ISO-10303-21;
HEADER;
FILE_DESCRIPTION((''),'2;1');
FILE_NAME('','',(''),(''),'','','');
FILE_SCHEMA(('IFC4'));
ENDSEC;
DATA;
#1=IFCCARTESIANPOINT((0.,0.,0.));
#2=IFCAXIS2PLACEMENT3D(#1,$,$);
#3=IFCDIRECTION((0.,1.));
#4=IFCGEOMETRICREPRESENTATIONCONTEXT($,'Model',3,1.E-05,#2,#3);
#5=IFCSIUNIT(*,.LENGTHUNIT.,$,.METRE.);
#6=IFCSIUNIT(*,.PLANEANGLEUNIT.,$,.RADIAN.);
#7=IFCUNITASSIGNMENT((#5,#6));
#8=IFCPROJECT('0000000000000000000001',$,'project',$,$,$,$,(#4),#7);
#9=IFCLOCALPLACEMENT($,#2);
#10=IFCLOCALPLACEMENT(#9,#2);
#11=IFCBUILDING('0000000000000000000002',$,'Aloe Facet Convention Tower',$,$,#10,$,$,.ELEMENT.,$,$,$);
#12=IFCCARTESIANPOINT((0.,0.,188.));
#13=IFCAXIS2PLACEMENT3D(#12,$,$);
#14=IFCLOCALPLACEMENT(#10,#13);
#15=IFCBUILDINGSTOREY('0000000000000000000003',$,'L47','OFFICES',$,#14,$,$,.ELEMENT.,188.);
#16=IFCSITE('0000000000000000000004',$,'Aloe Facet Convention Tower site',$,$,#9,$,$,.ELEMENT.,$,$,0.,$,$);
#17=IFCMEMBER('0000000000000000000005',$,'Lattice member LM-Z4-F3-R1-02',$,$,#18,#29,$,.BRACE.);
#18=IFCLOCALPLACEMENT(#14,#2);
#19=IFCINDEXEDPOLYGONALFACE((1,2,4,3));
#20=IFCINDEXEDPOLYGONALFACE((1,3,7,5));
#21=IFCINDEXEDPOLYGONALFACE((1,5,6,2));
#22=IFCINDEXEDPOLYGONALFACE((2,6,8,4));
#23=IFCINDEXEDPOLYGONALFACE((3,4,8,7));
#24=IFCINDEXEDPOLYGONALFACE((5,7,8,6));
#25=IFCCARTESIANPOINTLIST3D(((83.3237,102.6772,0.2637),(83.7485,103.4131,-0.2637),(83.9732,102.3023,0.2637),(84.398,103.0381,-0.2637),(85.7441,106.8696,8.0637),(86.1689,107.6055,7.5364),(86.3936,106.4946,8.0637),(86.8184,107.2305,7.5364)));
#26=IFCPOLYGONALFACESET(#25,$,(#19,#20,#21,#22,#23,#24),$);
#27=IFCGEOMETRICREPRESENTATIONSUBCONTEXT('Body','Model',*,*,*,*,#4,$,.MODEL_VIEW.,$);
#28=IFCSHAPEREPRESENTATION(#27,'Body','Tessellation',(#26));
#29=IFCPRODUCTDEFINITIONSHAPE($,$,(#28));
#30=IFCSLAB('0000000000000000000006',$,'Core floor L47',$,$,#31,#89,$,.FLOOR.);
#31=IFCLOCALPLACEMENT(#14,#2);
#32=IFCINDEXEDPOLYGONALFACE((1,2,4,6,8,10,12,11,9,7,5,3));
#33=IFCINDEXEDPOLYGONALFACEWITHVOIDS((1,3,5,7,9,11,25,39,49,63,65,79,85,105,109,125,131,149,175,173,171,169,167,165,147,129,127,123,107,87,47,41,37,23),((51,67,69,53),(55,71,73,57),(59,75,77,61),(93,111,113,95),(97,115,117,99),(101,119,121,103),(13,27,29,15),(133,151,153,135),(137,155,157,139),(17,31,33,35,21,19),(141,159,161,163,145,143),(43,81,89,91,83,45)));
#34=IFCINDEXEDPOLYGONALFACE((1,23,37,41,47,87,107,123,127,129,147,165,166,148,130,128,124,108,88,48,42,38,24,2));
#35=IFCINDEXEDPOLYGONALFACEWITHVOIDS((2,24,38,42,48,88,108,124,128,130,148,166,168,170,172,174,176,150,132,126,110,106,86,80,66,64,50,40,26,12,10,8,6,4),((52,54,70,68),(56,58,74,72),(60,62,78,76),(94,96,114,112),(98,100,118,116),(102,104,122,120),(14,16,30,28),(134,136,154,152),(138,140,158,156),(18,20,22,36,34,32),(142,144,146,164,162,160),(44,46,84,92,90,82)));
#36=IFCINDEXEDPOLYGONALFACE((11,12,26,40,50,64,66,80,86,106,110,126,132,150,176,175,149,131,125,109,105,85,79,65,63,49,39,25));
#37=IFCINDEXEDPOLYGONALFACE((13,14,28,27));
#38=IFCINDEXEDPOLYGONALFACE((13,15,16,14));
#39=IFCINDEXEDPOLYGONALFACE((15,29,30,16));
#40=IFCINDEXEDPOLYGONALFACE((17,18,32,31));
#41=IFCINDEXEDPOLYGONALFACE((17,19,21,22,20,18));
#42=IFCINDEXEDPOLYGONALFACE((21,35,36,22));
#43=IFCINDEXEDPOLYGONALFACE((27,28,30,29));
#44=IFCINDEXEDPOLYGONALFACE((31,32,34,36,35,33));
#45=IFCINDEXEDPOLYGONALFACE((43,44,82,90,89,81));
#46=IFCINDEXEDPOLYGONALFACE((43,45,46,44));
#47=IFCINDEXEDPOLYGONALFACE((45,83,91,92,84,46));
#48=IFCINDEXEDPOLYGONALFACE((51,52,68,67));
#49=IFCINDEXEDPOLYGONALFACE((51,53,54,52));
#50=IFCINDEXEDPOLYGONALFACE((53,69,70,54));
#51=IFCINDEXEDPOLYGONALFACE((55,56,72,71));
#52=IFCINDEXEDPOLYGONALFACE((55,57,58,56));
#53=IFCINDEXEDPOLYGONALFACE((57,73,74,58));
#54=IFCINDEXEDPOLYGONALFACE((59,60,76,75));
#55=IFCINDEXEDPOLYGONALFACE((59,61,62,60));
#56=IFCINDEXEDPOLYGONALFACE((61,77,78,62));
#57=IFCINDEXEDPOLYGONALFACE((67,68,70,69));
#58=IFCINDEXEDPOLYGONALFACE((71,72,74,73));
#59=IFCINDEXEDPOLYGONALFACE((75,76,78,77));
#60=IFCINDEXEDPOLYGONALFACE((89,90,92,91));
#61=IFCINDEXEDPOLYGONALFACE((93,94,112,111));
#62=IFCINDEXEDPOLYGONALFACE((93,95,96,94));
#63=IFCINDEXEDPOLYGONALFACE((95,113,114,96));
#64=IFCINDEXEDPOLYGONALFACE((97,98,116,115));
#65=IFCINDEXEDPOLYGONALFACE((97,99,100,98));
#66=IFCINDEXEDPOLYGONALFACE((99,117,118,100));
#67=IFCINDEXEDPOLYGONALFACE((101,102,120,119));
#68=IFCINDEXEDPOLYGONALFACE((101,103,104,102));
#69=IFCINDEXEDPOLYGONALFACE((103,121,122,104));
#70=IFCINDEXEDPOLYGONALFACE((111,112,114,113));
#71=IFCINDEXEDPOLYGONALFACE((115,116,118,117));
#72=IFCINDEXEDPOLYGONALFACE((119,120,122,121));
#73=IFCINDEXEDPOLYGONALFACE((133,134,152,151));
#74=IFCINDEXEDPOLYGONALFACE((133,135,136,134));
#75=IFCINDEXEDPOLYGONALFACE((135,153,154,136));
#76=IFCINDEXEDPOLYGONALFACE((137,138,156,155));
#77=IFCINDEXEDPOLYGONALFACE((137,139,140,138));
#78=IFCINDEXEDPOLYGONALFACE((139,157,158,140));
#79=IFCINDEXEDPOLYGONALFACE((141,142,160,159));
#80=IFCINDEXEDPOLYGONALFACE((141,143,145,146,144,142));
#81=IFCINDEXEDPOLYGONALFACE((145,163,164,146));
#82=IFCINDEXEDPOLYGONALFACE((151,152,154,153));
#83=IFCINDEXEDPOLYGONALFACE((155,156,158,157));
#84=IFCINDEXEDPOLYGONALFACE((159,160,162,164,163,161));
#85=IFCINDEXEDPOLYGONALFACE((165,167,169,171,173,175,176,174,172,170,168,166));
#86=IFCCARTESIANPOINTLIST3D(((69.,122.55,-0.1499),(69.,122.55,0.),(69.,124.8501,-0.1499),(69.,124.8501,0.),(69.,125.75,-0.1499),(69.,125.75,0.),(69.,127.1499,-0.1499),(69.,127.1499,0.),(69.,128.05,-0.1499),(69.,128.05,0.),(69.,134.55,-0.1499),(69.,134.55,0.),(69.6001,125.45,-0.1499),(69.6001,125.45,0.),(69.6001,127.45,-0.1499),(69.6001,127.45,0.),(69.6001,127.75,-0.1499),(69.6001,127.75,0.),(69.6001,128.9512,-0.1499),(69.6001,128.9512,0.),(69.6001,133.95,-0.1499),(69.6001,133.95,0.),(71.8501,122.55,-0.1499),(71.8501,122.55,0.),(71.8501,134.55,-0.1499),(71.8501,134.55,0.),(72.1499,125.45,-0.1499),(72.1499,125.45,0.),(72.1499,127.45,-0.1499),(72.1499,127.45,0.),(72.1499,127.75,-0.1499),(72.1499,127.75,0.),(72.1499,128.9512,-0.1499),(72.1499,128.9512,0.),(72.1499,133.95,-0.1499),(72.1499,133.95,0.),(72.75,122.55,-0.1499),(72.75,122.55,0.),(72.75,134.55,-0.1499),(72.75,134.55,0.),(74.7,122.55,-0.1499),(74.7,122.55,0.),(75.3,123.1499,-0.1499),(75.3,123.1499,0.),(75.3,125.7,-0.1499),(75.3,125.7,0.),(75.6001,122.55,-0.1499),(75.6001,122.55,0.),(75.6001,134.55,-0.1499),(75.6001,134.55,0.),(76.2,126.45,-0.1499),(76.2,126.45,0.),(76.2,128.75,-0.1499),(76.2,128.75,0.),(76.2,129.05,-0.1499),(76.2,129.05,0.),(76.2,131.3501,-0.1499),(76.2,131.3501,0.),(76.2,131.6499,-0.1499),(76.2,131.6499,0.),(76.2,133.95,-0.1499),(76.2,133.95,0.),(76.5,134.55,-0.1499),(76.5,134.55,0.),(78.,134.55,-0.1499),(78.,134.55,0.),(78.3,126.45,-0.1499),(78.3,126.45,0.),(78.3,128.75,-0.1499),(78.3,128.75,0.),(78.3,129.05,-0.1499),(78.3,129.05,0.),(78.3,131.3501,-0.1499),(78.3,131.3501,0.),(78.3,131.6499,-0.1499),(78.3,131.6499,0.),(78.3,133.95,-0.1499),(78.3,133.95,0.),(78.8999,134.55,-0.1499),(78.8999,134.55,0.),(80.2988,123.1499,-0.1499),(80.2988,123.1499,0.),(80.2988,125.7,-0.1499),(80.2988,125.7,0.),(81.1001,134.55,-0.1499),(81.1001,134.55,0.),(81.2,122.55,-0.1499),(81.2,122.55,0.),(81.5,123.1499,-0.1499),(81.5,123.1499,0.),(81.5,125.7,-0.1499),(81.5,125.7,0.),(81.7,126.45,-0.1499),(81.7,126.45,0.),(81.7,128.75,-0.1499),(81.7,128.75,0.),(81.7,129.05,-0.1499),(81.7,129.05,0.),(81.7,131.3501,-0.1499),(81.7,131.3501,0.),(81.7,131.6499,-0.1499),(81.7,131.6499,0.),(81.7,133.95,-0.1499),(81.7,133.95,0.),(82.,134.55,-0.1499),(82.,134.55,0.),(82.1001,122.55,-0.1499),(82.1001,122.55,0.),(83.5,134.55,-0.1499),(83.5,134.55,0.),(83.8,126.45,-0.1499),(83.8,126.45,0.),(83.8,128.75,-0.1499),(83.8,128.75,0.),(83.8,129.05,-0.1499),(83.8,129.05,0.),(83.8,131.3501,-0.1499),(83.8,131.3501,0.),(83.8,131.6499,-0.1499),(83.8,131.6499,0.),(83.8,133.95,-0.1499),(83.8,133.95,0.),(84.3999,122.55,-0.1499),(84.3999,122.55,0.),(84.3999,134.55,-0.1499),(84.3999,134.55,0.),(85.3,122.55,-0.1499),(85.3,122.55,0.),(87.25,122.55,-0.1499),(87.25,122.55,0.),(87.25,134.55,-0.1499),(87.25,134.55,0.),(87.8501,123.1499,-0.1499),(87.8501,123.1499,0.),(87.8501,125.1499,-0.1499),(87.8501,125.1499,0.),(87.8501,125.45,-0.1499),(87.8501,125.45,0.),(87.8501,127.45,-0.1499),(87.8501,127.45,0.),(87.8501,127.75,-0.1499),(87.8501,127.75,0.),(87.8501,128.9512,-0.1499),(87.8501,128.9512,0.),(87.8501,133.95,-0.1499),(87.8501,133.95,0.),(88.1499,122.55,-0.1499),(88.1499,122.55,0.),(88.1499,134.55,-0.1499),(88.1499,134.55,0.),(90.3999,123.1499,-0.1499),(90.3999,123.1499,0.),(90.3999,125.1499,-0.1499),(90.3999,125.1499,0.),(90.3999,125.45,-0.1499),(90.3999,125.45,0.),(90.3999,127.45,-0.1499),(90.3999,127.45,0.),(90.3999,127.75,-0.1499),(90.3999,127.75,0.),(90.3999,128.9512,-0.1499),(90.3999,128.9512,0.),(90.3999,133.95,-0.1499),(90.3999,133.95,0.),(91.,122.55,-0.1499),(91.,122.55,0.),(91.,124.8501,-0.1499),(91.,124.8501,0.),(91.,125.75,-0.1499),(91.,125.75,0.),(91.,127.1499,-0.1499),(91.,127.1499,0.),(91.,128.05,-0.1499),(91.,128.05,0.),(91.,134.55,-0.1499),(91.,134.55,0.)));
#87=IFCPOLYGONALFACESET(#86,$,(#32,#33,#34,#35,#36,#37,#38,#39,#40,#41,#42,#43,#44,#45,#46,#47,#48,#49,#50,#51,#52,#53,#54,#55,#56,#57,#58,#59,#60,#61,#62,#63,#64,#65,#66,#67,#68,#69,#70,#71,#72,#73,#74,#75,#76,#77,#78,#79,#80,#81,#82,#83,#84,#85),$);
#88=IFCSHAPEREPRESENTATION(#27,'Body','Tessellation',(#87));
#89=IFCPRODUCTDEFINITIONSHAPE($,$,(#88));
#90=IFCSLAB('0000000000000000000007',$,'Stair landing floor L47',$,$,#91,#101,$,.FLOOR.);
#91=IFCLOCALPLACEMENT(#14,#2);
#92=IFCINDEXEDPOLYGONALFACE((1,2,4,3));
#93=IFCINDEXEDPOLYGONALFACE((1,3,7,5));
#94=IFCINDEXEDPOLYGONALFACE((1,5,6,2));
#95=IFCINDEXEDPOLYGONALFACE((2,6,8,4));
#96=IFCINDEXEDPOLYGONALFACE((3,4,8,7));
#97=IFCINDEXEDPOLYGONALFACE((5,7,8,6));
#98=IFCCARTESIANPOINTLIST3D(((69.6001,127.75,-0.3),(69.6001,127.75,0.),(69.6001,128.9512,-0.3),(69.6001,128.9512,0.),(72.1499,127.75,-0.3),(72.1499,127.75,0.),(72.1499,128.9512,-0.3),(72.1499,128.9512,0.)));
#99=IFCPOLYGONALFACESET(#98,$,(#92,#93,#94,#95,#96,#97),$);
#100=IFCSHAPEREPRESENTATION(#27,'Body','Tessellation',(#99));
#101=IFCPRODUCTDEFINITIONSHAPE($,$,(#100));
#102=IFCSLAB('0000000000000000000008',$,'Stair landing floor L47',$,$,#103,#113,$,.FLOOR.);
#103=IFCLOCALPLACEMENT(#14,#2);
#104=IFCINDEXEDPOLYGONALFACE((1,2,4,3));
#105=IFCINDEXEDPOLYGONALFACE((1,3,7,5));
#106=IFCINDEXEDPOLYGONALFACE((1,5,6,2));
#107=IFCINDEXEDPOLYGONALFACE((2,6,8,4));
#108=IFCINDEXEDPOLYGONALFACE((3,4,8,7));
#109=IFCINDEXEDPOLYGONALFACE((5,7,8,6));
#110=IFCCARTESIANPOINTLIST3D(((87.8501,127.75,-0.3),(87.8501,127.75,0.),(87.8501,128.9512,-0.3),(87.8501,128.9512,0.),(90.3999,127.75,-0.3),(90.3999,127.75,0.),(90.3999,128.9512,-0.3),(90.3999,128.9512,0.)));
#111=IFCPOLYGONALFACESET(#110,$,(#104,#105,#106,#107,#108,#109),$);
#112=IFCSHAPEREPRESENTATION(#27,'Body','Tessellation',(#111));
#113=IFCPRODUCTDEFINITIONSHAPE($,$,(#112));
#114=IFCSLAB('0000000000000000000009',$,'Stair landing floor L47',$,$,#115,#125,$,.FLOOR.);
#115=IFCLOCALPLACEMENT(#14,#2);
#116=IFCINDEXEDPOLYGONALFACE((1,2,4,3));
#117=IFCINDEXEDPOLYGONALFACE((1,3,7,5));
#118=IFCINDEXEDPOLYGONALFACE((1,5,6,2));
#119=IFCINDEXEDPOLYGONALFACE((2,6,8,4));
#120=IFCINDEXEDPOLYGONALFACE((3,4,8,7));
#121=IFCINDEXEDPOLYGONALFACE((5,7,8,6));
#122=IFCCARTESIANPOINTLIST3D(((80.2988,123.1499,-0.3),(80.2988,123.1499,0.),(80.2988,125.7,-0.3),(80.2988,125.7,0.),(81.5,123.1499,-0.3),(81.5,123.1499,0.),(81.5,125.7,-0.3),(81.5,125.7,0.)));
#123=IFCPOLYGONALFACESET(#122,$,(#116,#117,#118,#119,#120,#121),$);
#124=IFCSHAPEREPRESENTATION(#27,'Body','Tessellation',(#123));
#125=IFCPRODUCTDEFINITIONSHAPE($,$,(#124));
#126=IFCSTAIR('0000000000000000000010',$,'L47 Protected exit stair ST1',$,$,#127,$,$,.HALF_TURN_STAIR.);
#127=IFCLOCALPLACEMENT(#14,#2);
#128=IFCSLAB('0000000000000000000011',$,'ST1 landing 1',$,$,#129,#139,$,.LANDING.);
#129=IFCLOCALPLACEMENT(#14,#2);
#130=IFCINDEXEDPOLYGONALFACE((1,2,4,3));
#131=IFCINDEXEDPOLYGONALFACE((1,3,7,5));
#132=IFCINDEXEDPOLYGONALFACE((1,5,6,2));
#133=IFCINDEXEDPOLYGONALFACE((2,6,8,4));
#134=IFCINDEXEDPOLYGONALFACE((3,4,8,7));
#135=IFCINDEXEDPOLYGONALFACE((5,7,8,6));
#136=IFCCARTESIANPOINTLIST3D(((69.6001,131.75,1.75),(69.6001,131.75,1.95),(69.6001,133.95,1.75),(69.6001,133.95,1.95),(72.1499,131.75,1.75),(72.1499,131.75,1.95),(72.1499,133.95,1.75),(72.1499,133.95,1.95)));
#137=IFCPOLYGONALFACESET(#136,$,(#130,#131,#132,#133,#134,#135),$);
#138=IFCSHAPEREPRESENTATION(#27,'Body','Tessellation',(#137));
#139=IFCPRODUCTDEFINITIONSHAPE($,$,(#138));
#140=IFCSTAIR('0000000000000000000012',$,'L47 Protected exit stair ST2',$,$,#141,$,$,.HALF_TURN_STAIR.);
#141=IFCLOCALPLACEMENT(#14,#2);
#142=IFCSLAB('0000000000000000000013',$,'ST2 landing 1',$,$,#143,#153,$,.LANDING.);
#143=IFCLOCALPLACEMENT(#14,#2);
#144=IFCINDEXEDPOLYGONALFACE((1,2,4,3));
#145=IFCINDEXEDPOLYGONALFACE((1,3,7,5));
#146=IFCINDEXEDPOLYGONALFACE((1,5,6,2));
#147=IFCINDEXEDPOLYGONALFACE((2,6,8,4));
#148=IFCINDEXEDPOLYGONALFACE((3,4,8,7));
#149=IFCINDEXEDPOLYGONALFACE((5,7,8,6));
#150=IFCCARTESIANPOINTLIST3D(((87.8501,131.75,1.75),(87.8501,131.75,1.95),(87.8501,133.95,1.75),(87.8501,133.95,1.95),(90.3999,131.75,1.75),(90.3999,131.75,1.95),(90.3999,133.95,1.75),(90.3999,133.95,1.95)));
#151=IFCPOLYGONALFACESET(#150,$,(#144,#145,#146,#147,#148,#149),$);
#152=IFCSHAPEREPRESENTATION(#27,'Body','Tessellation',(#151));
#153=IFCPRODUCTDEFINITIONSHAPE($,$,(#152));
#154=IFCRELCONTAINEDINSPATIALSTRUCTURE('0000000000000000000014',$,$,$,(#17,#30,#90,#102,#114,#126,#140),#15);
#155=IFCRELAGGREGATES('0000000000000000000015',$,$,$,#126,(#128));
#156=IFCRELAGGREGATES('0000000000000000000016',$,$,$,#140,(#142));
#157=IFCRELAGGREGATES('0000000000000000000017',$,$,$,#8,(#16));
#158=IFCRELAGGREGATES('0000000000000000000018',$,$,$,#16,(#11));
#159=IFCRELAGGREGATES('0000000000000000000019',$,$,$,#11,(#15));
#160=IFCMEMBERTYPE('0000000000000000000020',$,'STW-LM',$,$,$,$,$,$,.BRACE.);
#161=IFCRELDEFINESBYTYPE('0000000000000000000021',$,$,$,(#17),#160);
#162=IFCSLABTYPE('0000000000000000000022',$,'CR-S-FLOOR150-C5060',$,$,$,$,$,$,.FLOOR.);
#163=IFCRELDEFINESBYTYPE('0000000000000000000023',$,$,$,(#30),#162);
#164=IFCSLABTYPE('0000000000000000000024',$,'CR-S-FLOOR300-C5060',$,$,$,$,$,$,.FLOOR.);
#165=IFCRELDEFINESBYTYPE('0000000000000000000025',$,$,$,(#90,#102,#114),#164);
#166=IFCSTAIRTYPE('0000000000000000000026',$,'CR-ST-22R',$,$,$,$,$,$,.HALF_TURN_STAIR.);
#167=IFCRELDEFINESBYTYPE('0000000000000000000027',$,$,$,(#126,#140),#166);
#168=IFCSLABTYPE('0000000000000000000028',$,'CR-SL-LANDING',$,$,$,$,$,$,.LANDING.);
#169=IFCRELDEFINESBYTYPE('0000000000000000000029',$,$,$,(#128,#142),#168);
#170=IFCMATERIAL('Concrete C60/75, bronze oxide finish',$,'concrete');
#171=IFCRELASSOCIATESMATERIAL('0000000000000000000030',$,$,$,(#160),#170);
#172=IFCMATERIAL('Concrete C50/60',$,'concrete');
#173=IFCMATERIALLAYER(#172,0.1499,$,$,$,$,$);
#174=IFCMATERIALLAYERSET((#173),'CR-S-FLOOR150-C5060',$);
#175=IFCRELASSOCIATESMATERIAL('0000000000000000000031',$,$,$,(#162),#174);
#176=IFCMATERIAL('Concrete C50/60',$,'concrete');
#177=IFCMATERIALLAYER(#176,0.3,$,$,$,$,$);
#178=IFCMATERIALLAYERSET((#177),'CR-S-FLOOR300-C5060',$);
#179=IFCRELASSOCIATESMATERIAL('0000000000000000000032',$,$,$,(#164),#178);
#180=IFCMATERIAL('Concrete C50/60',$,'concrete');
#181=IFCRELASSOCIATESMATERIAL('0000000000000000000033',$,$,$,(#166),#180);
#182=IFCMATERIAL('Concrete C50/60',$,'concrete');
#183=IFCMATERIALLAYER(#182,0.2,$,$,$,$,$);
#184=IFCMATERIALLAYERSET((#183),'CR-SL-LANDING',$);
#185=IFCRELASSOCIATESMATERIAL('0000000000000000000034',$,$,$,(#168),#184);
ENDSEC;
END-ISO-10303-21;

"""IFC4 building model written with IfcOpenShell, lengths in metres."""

from ifc_helpers import new_model, si_unit, direction, frame, origin, origin_2d, place, context, subcontext, project, spatial, polyline, rectangle, outline, extrude, material, layer, layer_set, material_profile, profile_set, type_object, element, aggregate, save


model = new_model("IFC4")

# Units and contexts
model_context = context("Model", 3, precision=1e-05, world=origin(), true_north=direction((0.0, 1.0)))
body_context = subcontext(model_context, "Body", "Model", "MODEL_VIEW")
ifc_project = project(units=[si_unit("LENGTHUNIT", "METRE"), si_unit("PLANEANGLEUNIT", "RADIAN")], contexts=[model_context])

# Site, building, storey
site_placement = place(None, origin())
site = spatial("IfcSite", under=ifc_project, at=site_placement, Name="Aloe Facet Convention Tower site", CompositionType="ELEMENT", RefElevation=0.0)
building_placement = place(site_placement, origin())
building = spatial("IfcBuilding", under=site, at=building_placement, Name="Aloe Facet Convention Tower", CompositionType="ELEMENT")
storey_placement = place(building_placement, frame((0.0, 0.0, 188.0)))
storey = spatial("IfcBuildingStorey", under=building, at=storey_placement, Name="L47", Description="OFFICES", CompositionType="ELEMENT", Elevation=188.0)

# Member
ifc_material_1 = material(Name="Concrete C60/75, bronze oxide finish", Category="concrete")
ifc_material_profile_1 = material_profile(ifc_material_1, rectangle(XDim=0.75, YDim=1.0, at=origin_2d()), Name="STW-LM")
ifc_profile_set_1 = profile_set([ifc_material_profile_1], Name="Concrete C60/75, bronze oxide finish")
member_type = type_object("IfcMemberType", Name="STW-LM", PredefinedType="BRACE", material=ifc_profile_set_1)
member_1_placement = place(storey_placement, frame((83.8608, 102.8577, 0.0), z_axis=(0.263657, 0.456679, 0.849664), x_axis=(-0.866031, 0.49999, 0.0)))
element("IfcMember", 1, at=member_1_placement, inside=storey, type_object=member_type, Name="Lattice member LM-Z4-F3-R1-02", PredefinedType="BRACE", context=body_context, shape_type="SweptSolid", body=[
    extrude(rectangle(XDim=0.75, YDim=1.0, at=origin_2d()), origin(), (0.0, 0.0, 1.0), 9.1802),
])

# Slabs
ifc_material_2 = material(Name="Concrete C50/60", Category="concrete")
ifc_layer_1 = layer(ifc_material_2, 0.1499)
ifc_layer_set_1 = layer_set([ifc_layer_1], Name="CR-S-FLOOR150-C5060")
slab_type_1 = type_object("IfcSlabType", Name="CR-S-FLOOR150-C5060", PredefinedType="FLOOR", material=ifc_layer_set_1)
slab_1_placement = place(storey_placement, frame((0.0, 0.0, -0.1499)))
element("IfcSlab", 2, at=slab_1_placement, inside=storey, type_object=slab_type_1, Name="Core floor L47", PredefinedType="FLOOR", context=body_context, shape_type="SweptSolid", body=[
    extrude(outline(polyline([(71.8501, 134.55), (72.75, 134.55), (75.6001, 134.55), (76.5, 134.55), (78.0, 134.55), (78.8999, 134.55), (81.1001, 134.55), (82.0, 134.55), (83.5, 134.55), (84.3999, 134.55), (87.25, 134.55), (88.1499, 134.55), (91.0, 134.55), (91.0, 128.05), (91.0, 127.1499), (91.0, 125.75), (91.0, 124.8501), (91.0, 122.55), (88.1499, 122.55), (87.25, 122.55), (85.3, 122.55), (84.3999, 122.55), (82.1001, 122.55), (81.2, 122.55), (75.6001, 122.55), (74.7, 122.55), (72.75, 122.55), (71.8501, 122.55), (69.0, 122.55), (69.0, 124.8501), (69.0, 125.75), (69.0, 127.1499), (69.0, 128.05), (69.0, 134.55), (71.8501, 134.55)]), holes=[polyline([(80.2988, 123.1499), (81.5, 123.1499), (81.5, 125.7), (80.2988, 125.7), (75.3, 125.7), (75.3, 123.1499), (80.2988, 123.1499)]), polyline([(69.6001, 125.45), (72.1499, 125.45), (72.1499, 127.45), (69.6001, 127.45), (69.6001, 125.45)]), polyline([(76.2, 126.45), (78.3, 126.45), (78.3, 128.75), (76.2, 128.75), (76.2, 126.45)]), polyline([(78.3, 129.05), (78.3, 131.3501), (76.2, 131.3501), (76.2, 129.05), (78.3, 129.05)]), polyline([(69.6001, 133.95), (69.6001, 128.9512), (69.6001, 127.75), (72.1499, 127.75), (72.1499, 128.9512), (72.1499, 133.95), (69.6001, 133.95)]), polyline([(76.2, 131.6499), (78.3, 131.6499), (78.3, 133.95), (76.2, 133.95), (76.2, 131.6499)]), polyline([(90.3999, 123.1499), (90.3999, 125.1499), (87.8501, 125.1499), (87.8501, 123.1499), (90.3999, 123.1499)]), polyline([(87.8501, 125.45), (90.3999, 125.45), (90.3999, 127.45), (87.8501, 127.45), (87.8501, 125.45)]), polyline([(81.7, 126.45), (83.8, 126.45), (83.8, 128.75), (81.7, 128.75), (81.7, 126.45)]), polyline([(83.8, 129.05), (83.8, 131.3501), (81.7, 131.3501), (81.7, 129.05), (83.8, 129.05)]), polyline([(87.8501, 133.95), (87.8501, 128.9512), (87.8501, 127.75), (90.3999, 127.75), (90.3999, 128.9512), (90.3999, 133.95), (87.8501, 133.95)]), polyline([(81.7, 131.6499), (83.8, 131.6499), (83.8, 133.95), (81.7, 133.95), (81.7, 131.6499)])]), origin(), (0.0, 0.0, 1.0), 0.1499),
])
ifc_material_3 = material(Name="Concrete C50/60", Category="concrete")
ifc_layer_2 = layer(ifc_material_3, 0.3)
ifc_layer_set_2 = layer_set([ifc_layer_2], Name="CR-S-FLOOR300-C5060")
slab_type_2 = type_object("IfcSlabType", Name="CR-S-FLOOR300-C5060", PredefinedType="FLOOR", material=ifc_layer_set_2)
slab_2_placement = place(storey_placement, frame((0.0, 0.0, -0.3)))
element("IfcSlab", 3, at=slab_2_placement, inside=storey, type_object=slab_type_2, Name="Stair landing floor L47", PredefinedType="FLOOR", context=body_context, shape_type="SweptSolid", body=[
    extrude(outline(polyline([(72.1499, 127.75), (72.1499, 128.9512), (69.6001, 128.9512), (69.6001, 127.75), (72.1499, 127.75)])), origin(), (0.0, 0.0, 1.0), 0.3),
])
slab_3_placement = place(storey_placement, frame((0.0, 0.0, -0.3)))
element("IfcSlab", 4, at=slab_3_placement, inside=storey, type_object=slab_type_2, Name="Stair landing floor L47", PredefinedType="FLOOR", context=body_context, shape_type="SweptSolid", body=[
    extrude(outline(polyline([(90.3999, 127.75), (90.3999, 128.9512), (87.8501, 128.9512), (87.8501, 127.75), (90.3999, 127.75)])), origin(), (0.0, 0.0, 1.0), 0.3),
])
slab_4_placement = place(storey_placement, frame((0.0, 0.0, -0.3)))
element("IfcSlab", 5, at=slab_4_placement, inside=storey, type_object=slab_type_2, Name="Stair landing floor L47", PredefinedType="FLOOR", context=body_context, shape_type="SweptSolid", body=[
    extrude(outline(polyline([(81.5, 125.7), (80.2988, 125.7), (80.2988, 123.1499), (81.5, 123.1499), (81.5, 125.7)])), origin(), (0.0, 0.0, 1.0), 0.3),
])

# Stairs, slabs
ifc_material_4 = material(Name="Concrete C50/60", Category="concrete")
stair_type = type_object("IfcStairType", Name="CR-ST-22R", PredefinedType="HALF_TURN_STAIR", material=ifc_material_4)
stair_1_placement = place(storey_placement, origin())
stair_1 = element("IfcStair", 6, at=stair_1_placement, inside=storey, type_object=stair_type, Name="L47 Protected exit stair ST1", PredefinedType="HALF_TURN_STAIR")
ifc_material_5 = material(Name="Concrete C50/60", Category="concrete")
ifc_layer_3 = layer(ifc_material_5, 0.2)
ifc_layer_set_3 = layer_set([ifc_layer_3], Name="CR-SL-LANDING")
slab_type_3 = type_object("IfcSlabType", Name="CR-SL-LANDING", PredefinedType="LANDING", material=ifc_layer_set_3)
slab_5_placement = place(storey_placement, frame((0.0, 0.0, 1.75)))
slab_5 = element("IfcSlab", 7, at=slab_5_placement, type_object=slab_type_3, Name="ST1 landing 1", PredefinedType="LANDING", context=body_context, shape_type="SweptSolid", body=[
    extrude(outline(polyline([(72.1499, 131.75), (72.1499, 133.95), (69.6001, 133.95), (69.6001, 131.75), (72.1499, 131.75)])), origin(), (0.0, 0.0, 1.0), 0.2),
])
aggregate(stair_1, [slab_5])
stair_2_placement = place(storey_placement, origin())
stair_2 = element("IfcStair", 8, at=stair_2_placement, inside=storey, type_object=stair_type, Name="L47 Protected exit stair ST2", PredefinedType="HALF_TURN_STAIR")
slab_6_placement = place(storey_placement, frame((0.0, 0.0, 1.75)))
slab_6 = element("IfcSlab", 9, at=slab_6_placement, type_object=slab_type_3, Name="ST2 landing 1", PredefinedType="LANDING", context=body_context, shape_type="SweptSolid", body=[
    extrude(outline(polyline([(90.3999, 131.75), (90.3999, 133.95), (87.8501, 133.95), (87.8501, 131.75), (90.3999, 131.75)])), origin(), (0.0, 0.0, 1.0), 0.2),
])
aggregate(stair_2, [slab_6])

save(model, "model.ifc")
